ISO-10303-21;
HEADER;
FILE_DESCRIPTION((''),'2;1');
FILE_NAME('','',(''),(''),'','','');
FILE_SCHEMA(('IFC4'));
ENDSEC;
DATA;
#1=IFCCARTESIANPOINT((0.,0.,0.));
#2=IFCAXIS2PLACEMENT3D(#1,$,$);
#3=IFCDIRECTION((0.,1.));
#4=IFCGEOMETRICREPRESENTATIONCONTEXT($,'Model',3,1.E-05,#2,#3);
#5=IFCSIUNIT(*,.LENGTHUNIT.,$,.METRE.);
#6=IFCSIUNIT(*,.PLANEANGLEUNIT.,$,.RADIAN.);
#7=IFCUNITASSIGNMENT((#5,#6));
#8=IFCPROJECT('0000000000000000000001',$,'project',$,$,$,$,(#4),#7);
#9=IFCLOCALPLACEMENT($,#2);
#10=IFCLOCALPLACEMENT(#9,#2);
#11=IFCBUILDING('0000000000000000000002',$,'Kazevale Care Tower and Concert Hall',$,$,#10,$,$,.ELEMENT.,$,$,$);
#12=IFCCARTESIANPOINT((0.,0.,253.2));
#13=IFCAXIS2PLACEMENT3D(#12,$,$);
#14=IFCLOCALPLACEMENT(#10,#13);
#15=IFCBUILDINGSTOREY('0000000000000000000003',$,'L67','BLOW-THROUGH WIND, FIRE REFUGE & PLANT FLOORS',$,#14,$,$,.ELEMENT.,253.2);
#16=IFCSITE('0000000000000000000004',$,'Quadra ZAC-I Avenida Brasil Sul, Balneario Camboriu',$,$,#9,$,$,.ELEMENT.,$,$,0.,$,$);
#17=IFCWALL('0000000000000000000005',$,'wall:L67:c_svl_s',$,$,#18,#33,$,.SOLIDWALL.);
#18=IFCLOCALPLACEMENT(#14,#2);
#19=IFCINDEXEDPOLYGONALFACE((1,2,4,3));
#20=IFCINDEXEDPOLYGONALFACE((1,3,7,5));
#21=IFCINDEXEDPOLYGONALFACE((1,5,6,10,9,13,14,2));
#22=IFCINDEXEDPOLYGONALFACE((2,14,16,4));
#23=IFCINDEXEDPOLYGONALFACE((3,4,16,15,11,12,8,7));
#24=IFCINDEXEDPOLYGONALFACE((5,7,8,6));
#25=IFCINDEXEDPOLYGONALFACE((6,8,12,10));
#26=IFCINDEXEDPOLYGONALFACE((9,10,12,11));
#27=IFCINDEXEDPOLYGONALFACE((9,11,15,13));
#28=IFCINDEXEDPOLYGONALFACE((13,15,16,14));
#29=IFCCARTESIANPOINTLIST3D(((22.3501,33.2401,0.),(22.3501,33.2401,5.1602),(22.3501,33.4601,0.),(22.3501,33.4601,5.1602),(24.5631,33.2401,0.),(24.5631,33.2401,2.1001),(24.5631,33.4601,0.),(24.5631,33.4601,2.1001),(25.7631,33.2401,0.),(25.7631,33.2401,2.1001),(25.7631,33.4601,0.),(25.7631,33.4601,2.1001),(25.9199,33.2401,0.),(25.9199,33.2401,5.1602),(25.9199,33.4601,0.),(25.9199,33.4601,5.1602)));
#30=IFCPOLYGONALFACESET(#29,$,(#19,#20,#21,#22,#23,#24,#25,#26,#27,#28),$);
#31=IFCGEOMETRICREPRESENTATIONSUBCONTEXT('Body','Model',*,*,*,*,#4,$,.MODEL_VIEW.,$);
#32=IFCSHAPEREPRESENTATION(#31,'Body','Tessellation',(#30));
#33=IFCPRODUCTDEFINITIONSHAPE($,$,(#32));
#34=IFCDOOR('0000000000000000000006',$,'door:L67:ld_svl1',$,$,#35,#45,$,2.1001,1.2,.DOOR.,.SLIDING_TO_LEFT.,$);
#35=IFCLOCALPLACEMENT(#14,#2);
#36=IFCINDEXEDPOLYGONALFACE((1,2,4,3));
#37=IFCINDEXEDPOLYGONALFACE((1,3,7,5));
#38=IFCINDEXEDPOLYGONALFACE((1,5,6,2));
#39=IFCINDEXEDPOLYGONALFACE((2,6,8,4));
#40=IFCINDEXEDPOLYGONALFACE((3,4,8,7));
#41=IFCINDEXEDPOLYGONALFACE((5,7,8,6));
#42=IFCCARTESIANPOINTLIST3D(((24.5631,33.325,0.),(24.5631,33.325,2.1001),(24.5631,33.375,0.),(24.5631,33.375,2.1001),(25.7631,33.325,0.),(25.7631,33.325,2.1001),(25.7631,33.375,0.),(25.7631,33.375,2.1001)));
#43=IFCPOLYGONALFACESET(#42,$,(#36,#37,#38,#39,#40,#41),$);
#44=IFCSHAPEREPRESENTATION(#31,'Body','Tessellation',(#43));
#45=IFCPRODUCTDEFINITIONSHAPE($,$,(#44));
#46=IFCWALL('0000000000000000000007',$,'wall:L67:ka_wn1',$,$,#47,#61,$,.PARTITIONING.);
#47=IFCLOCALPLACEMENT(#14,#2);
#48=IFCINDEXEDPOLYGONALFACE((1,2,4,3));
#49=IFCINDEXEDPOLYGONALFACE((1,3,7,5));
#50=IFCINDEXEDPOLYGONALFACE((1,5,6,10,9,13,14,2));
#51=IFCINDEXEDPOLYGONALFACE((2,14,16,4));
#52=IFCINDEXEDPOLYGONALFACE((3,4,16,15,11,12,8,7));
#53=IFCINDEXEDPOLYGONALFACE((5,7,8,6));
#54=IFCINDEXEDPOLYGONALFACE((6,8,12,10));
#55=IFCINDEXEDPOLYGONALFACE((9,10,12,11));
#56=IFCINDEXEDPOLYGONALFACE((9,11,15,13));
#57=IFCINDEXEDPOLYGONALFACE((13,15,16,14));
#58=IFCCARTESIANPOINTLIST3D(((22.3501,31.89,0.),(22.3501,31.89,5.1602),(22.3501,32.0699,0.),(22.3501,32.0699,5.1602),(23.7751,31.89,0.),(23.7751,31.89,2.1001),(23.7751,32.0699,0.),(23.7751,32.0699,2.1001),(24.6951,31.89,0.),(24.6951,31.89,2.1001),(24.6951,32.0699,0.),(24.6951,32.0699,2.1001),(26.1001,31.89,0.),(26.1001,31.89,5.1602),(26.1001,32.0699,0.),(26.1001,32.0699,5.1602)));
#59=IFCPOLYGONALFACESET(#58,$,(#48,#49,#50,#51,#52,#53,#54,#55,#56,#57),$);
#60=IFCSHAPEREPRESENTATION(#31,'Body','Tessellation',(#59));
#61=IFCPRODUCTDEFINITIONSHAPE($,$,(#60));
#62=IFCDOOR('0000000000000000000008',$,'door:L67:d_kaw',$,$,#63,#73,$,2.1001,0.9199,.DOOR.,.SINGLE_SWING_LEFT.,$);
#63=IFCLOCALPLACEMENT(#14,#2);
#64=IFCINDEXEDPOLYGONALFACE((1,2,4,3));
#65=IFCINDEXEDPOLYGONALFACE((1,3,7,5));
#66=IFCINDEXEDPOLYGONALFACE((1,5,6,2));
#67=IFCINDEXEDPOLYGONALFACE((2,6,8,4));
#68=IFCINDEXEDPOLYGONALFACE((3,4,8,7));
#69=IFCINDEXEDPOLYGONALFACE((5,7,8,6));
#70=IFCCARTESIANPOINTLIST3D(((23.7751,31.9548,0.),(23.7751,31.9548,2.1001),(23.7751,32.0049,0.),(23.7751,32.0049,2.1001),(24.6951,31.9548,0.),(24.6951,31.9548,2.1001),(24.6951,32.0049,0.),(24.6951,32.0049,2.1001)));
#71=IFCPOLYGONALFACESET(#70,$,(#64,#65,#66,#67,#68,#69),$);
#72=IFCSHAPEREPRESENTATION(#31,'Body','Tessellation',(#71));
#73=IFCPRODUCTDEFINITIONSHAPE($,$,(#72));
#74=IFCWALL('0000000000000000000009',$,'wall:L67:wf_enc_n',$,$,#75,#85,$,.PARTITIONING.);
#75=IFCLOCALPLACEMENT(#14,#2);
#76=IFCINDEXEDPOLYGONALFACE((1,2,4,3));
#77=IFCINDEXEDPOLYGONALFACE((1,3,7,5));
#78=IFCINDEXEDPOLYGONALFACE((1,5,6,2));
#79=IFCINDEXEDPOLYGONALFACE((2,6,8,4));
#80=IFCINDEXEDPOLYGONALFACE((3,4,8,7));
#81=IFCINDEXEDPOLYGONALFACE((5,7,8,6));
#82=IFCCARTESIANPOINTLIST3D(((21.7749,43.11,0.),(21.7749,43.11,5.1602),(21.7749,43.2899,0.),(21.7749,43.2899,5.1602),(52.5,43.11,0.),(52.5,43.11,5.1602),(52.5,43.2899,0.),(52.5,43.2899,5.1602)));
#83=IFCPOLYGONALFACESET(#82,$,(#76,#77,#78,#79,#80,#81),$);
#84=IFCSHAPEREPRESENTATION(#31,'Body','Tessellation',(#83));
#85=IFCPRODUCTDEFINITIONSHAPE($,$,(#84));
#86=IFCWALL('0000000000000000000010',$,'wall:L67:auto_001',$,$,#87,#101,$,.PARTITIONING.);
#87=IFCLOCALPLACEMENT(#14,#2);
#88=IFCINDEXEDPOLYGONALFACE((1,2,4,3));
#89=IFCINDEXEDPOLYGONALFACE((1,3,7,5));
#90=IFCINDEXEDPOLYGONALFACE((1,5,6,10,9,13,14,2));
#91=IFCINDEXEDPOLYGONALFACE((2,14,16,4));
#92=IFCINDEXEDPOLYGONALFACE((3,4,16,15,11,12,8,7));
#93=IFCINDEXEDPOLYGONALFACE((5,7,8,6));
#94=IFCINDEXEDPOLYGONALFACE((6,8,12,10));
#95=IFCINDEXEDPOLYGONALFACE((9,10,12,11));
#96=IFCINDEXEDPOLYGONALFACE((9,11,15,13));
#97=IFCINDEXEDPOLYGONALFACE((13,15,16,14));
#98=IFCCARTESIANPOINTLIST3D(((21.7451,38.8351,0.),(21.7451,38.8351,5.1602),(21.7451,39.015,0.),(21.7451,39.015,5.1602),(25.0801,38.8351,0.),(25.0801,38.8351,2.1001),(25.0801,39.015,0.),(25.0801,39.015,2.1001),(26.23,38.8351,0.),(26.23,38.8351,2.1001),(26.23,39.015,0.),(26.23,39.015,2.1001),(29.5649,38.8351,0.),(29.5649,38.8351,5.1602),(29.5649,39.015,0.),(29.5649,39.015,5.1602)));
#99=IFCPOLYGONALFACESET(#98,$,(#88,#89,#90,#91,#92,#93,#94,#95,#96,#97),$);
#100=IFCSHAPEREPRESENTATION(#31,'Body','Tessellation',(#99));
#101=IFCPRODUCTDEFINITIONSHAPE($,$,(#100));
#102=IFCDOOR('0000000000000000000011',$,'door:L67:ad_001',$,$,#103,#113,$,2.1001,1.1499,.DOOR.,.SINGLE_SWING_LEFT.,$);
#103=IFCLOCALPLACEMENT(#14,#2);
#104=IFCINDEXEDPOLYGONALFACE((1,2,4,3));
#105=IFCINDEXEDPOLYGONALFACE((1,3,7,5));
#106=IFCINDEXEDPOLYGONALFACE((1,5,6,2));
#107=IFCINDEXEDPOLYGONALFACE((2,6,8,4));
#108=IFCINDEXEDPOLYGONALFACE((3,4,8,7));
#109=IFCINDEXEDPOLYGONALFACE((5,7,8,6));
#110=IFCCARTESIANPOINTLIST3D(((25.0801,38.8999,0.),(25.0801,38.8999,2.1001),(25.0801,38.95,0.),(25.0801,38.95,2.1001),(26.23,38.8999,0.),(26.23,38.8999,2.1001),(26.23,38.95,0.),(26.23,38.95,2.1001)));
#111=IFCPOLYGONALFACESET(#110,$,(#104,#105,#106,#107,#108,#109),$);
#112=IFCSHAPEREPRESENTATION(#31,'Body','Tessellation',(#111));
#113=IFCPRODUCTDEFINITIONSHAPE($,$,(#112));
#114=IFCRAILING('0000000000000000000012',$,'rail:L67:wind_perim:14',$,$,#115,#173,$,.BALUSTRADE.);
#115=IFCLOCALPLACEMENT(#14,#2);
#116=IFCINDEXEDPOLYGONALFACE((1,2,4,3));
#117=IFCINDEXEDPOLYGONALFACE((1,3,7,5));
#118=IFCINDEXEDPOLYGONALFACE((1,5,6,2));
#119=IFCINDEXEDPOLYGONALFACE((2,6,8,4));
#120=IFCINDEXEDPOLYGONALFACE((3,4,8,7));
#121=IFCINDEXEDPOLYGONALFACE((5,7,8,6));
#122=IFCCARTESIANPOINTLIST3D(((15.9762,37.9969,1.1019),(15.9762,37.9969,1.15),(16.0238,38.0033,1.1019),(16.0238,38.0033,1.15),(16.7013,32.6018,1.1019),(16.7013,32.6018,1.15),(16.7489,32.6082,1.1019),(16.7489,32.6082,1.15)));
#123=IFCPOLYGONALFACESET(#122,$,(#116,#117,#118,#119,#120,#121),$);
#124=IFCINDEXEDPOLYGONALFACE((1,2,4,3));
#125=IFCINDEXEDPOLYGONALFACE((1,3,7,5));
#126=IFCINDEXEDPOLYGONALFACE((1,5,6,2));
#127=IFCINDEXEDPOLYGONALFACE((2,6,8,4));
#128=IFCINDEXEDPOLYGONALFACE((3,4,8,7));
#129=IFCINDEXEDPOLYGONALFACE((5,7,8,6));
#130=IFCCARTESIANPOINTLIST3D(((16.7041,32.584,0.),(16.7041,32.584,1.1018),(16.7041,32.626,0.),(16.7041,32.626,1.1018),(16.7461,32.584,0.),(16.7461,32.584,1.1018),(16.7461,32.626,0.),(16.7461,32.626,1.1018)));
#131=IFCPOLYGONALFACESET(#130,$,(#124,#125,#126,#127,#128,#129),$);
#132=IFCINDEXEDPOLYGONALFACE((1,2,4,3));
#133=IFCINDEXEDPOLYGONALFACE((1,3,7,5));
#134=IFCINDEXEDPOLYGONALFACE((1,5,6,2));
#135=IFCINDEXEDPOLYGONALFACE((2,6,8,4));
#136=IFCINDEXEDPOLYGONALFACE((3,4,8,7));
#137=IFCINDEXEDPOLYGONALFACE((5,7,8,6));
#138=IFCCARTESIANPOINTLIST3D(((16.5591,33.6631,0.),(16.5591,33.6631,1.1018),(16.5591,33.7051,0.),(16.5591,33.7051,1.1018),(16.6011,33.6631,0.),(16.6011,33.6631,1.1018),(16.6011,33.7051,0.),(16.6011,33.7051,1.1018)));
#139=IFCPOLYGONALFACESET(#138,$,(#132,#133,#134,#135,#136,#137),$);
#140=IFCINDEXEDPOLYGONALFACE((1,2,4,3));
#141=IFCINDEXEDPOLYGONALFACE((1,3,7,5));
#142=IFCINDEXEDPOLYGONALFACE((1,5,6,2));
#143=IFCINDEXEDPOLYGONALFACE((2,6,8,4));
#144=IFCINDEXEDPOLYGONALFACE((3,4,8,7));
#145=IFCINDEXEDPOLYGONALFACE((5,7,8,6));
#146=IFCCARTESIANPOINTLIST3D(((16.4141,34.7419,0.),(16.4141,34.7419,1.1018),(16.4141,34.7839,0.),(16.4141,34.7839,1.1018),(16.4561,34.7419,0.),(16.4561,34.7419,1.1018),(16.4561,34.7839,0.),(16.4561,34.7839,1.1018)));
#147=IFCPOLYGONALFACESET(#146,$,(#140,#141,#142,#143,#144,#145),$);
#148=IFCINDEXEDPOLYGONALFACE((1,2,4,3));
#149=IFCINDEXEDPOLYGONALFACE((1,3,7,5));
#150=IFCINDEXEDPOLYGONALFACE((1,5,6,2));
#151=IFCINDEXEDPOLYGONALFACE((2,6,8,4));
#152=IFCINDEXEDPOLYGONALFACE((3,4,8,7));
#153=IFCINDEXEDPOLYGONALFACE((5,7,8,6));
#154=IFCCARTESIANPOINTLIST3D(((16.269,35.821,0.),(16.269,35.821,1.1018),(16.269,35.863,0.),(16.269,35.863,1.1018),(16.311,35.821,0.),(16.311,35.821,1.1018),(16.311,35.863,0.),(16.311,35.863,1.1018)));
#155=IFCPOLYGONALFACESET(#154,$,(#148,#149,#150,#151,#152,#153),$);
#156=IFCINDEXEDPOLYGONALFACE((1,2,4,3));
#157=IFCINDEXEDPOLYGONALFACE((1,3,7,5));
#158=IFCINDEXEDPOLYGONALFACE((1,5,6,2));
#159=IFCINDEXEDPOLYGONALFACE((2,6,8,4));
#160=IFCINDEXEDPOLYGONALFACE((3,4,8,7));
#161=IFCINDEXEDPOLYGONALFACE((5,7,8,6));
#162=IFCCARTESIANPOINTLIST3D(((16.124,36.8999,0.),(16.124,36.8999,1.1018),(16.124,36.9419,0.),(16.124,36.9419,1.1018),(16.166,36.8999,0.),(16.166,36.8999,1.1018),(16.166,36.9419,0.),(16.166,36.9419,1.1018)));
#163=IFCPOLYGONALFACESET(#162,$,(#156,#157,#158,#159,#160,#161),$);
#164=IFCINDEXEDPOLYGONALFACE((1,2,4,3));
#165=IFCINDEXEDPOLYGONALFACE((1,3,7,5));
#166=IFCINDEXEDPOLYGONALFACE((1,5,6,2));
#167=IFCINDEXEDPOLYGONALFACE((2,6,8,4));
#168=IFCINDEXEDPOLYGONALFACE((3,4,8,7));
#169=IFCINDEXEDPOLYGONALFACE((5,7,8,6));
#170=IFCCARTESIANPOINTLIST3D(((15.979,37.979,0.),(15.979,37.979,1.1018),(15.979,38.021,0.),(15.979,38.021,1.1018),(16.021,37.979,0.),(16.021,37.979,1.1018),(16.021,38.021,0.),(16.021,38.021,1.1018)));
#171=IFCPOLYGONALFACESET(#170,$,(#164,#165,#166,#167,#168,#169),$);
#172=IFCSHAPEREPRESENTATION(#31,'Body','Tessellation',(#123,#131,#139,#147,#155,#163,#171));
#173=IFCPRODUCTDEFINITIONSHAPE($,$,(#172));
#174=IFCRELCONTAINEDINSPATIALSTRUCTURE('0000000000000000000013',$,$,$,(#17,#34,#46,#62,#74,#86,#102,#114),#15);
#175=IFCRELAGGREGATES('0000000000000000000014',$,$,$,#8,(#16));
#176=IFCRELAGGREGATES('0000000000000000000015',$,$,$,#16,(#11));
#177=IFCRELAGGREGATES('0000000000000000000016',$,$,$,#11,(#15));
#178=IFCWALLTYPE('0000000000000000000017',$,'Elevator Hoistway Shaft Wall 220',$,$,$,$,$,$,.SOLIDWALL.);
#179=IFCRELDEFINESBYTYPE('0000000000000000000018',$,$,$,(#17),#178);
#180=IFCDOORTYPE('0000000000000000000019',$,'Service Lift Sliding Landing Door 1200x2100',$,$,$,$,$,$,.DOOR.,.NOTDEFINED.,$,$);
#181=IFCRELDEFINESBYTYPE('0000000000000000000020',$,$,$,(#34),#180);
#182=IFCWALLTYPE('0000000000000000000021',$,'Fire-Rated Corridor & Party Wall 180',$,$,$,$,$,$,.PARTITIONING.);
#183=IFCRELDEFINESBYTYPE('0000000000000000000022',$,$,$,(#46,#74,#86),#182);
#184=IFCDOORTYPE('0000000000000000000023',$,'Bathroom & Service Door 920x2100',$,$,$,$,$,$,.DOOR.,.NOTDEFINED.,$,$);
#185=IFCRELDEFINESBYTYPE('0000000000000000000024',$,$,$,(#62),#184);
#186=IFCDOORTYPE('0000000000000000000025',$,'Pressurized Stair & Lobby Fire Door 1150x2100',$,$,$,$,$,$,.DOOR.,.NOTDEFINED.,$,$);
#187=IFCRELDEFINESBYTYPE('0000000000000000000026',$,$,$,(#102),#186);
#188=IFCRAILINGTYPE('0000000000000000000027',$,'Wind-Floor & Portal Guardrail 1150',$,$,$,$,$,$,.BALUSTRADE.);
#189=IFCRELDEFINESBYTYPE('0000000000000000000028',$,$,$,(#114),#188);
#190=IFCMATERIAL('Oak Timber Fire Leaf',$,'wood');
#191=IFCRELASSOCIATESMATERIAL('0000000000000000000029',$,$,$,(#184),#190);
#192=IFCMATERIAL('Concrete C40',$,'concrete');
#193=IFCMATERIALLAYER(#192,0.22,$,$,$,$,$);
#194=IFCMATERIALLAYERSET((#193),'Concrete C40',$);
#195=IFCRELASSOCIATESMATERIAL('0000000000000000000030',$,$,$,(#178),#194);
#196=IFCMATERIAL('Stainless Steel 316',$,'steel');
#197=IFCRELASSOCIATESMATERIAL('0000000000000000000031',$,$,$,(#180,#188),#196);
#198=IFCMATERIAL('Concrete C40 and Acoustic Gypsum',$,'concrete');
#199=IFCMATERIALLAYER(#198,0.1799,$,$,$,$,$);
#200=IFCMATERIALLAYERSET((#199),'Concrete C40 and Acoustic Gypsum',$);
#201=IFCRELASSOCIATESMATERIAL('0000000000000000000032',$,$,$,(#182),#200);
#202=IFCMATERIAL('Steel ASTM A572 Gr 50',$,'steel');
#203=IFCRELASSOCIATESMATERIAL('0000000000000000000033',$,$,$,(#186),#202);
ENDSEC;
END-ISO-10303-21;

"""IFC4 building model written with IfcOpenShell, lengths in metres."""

from ifc_helpers import new_model, si_unit, direction, frame, frame_2d, origin, origin_2d, place, context, subcontext, project, spatial, rectangle, extrude, material, layer, layer_set, type_object, element, fill, save


model = new_model("IFC4")

# Units and contexts
model_context = context("Model", 3, precision=1e-05, world=origin(), true_north=direction((0.0, 1.0)))
body_context = subcontext(model_context, "Body", "Model", "MODEL_VIEW")
ifc_project = project(units=[si_unit("LENGTHUNIT", "METRE"), si_unit("PLANEANGLEUNIT", "RADIAN")], contexts=[model_context])

# Site, building, storey
site_placement = place(None, origin())
site = spatial("IfcSite", under=ifc_project, at=site_placement, Name="Quadra ZAC-I Avenida Brasil Sul, Balneario Camboriu", CompositionType="ELEMENT", RefElevation=0.0)
building_placement = place(site_placement, origin())
building = spatial("IfcBuilding", under=site, at=building_placement, Name="Kazevale Care Tower and Concert Hall", CompositionType="ELEMENT")
storey_placement = place(building_placement, frame((0.0, 0.0, 253.2)))
storey = spatial("IfcBuildingStorey", under=building, at=storey_placement, Name="L67", Description="BLOW-THROUGH WIND, FIRE REFUGE & PLANT FLOORS", CompositionType="ELEMENT", Elevation=253.2)

# Shared definitions
ifc_material_1 = material(Name="Steel ASTM A572 Gr 50", Category="steel")

# Shared definitions
ifc_material_2 = material(Name="Oak Timber Fire Leaf", Category="wood")
door_type_1 = type_object("IfcDoorType", Name="Bathroom & Service Door 920x2100", OperationType="NOTDEFINED", PredefinedType="DOOR", material=ifc_material_2)

# Shared definitions
ifc_material_3 = material(Name="Concrete C40", Category="concrete")
ifc_layer_1 = layer(ifc_material_3, 0.22)
ifc_layer_set_1 = layer_set([ifc_layer_1], Name="Concrete C40")
wall_type_1 = type_object("IfcWallType", Name="Elevator Hoistway Shaft Wall 220", PredefinedType="SOLIDWALL", material=ifc_layer_set_1)

# Walls, openings, doors
wall_1_placement = place(storey_placement, frame((22.3501, 33.3501, 0.0), z_axis=(0.0, 0.0, 1.0), x_axis=(1.0, 0.0, 0.0)))
wall_1 = element("IfcWall", 1, at=wall_1_placement, inside=storey, type_object=wall_type_1, Name="wall:L67:c_svl_s", PredefinedType="SOLIDWALL", context=body_context, shape_type="SweptSolid", body=[
    extrude(rectangle(XDim=3.5698, YDim=0.22, at=frame_2d((1.7849, 0.0))), origin(), (0.0, 0.0, 1.0), 5.1602),
])
opening_1_placement = place(wall_1_placement, frame((2.2129, 0.0, 0.0)))
opening_1 = element("IfcOpeningElement", 2, at=opening_1_placement, cuts=wall_1, PredefinedType="OPENING", context=body_context, shape_type="SweptSolid", body=[
    extrude(rectangle(XDim=1.2, YDim=2.1001, at=frame_2d((0.6001, 1.05))), frame((0.0, 0.1199, 0.0), z_axis=(0.0, -1.0, 0.0), x_axis=(1.0, 0.0, 0.0)), (0.0, 0.0, 1.0), 0.24),
])
ifc_material_4 = material(Name="Stainless Steel 316", Category="steel")
door_type_2 = type_object("IfcDoorType", Name="Service Lift Sliding Landing Door 1200x2100", OperationType="NOTDEFINED", PredefinedType="DOOR", material=ifc_material_4)
door_1_placement = place(opening_1_placement, origin())
door_1 = element("IfcDoor", 3, at=door_1_placement, inside=storey, type_object=door_type_2, Name="door:L67:ld_svl1", OperationType="SLIDING_TO_LEFT", OverallHeight=2.1001, OverallWidth=1.2, PredefinedType="DOOR", context=body_context, shape_type="SweptSolid", body=[
    extrude(rectangle(XDim=1.2, YDim=2.1001, at=frame_2d((0.6001, 1.05))), frame((0.0, 0.0249, 0.0), z_axis=(0.0, -1.0, 0.0), x_axis=(1.0, 0.0, 0.0)), (0.0, 0.0, 1.0), 0.05),
])
fill(opening_1, door_1)
ifc_material_5 = material(Name="Concrete C40 and Acoustic Gypsum", Category="concrete")
ifc_layer_2 = layer(ifc_material_5, 0.1799)
ifc_layer_set_2 = layer_set([ifc_layer_2], Name="Concrete C40 and Acoustic Gypsum")
wall_type_2 = type_object("IfcWallType", Name="Fire-Rated Corridor & Party Wall 180", PredefinedType="PARTITIONING", material=ifc_layer_set_2)
wall_2_placement = place(storey_placement, frame((22.3501, 31.98, 0.0), z_axis=(0.0, 0.0, 1.0), x_axis=(1.0, 0.0, 0.0)))
wall_2 = element("IfcWall", 4, at=wall_2_placement, inside=storey, type_object=wall_type_2, Name="wall:L67:ka_wn1", PredefinedType="PARTITIONING", context=body_context, shape_type="SweptSolid", body=[
    extrude(rectangle(XDim=3.75, YDim=0.1799, at=frame_2d((1.875, 0.0))), origin(), (0.0, 0.0, 1.0), 5.1602),
])
opening_2_placement = place(wall_2_placement, frame((1.425, 0.0, 0.0)))
opening_2 = element("IfcOpeningElement", 5, at=opening_2_placement, cuts=wall_2, PredefinedType="OPENING", context=body_context, shape_type="SweptSolid", body=[
    extrude(rectangle(XDim=0.9199, YDim=2.1001, at=frame_2d((0.46, 1.05))), frame((0.0, 0.0999, 0.0), z_axis=(0.0, -1.0, 0.0), x_axis=(1.0, 0.0, 0.0)), (0.0, 0.0, 1.0), 0.2),
])
door_2_placement = place(opening_2_placement, origin())
door_2 = element("IfcDoor", 6, at=door_2_placement, inside=storey, type_object=door_type_1, Name="door:L67:d_kaw", OperationType="SINGLE_SWING_LEFT", OverallHeight=2.1001, OverallWidth=0.9199, PredefinedType="DOOR", context=body_context, shape_type="SweptSolid", body=[
    extrude(rectangle(XDim=0.9199, YDim=2.1001, at=frame_2d((0.46, 1.05))), frame((0.0, 0.0249, 0.0), z_axis=(0.0, -1.0, 0.0), x_axis=(1.0, 0.0, 0.0)), (0.0, 0.0, 1.0), 0.05),
])
fill(opening_2, door_2)

# Wall
wall_3_placement = place(storey_placement, frame((21.7749, 43.2, 0.0), z_axis=(0.0, 0.0, 1.0), x_axis=(1.0, 0.0, 0.0)))
element("IfcWall", 7, at=wall_3_placement, inside=storey, type_object=wall_type_2, Name="wall:L67:wf_enc_n", PredefinedType="PARTITIONING", context=body_context, shape_type="SweptSolid", body=[
    extrude(rectangle(XDim=30.7251, YDim=0.1799, at=frame_2d((15.3625, 0.0))), origin(), (0.0, 0.0, 1.0), 5.1602),
])

# Wall, opening, door
wall_4_placement = place(storey_placement, frame((21.7451, 38.925, 0.0), z_axis=(0.0, 0.0, 1.0), x_axis=(1.0, 0.0, 0.0)))
wall_4 = element("IfcWall", 8, at=wall_4_placement, inside=storey, type_object=wall_type_2, Name="wall:L67:auto_001", PredefinedType="PARTITIONING", context=body_context, shape_type="SweptSolid", body=[
    extrude(rectangle(XDim=7.8198, YDim=0.1799, at=frame_2d((3.9099, 0.0))), origin(), (0.0, 0.0, 1.0), 5.1602),
])
opening_3_placement = place(wall_4_placement, frame((3.335, 0.0, 0.0)))
opening_3 = element("IfcOpeningElement", 9, at=opening_3_placement, cuts=wall_4, PredefinedType="OPENING", context=body_context, shape_type="SweptSolid", body=[
    extrude(rectangle(XDim=1.1499, YDim=2.1001, at=frame_2d((0.575, 1.05))), frame((0.0, 0.0999, 0.0), z_axis=(0.0, -1.0, 0.0), x_axis=(1.0, 0.0, 0.0)), (0.0, 0.0, 1.0), 0.2),
])
door_type_3 = type_object("IfcDoorType", Name="Pressurized Stair & Lobby Fire Door 1150x2100", OperationType="NOTDEFINED", PredefinedType="DOOR", material=ifc_material_1)
door_3_placement = place(opening_3_placement, origin())
door_3 = element("IfcDoor", 10, at=door_3_placement, inside=storey, type_object=door_type_3, Name="door:L67:ad_001", OperationType="SINGLE_SWING_LEFT", OverallHeight=2.1001, OverallWidth=1.1499, PredefinedType="DOOR", context=body_context, shape_type="SweptSolid", body=[
    extrude(rectangle(XDim=1.1499, YDim=2.1001, at=frame_2d((0.575, 1.05))), frame((0.0, 0.0249, 0.0), z_axis=(0.0, -1.0, 0.0), x_axis=(1.0, 0.0, 0.0)), (0.0, 0.0, 1.0), 0.05),
])
fill(opening_3, door_3)

# Railing
railing_type = type_object("IfcRailingType", Name="Wind-Floor & Portal Guardrail 1150", PredefinedType="BALUSTRADE", material=ifc_material_4)
railing_1_placement = place(storey_placement, frame((16.7251, 32.605, 0.0)))
element("IfcRailing", 11, at=railing_1_placement, inside=storey, type_object=railing_type, Name="rail:L67:wind_perim:14", PredefinedType="BALUSTRADE", context=body_context, shape_type="SweptSolid", body=[
    extrude(rectangle(XDim=0.0481, YDim=0.0481, at=origin_2d()), frame((0.0, 0.0, 1.126), z_axis=(-0.133204, 0.991089, 0.0), x_axis=(-0.991089, -0.133204, 0.0)), (0.0, 0.0, 1.0), 5.4436),
    extrude(rectangle(XDim=0.042, YDim=0.042, at=origin_2d()), origin(), (0.0, 0.0, 1.0), 1.1018),
    extrude(rectangle(XDim=0.042, YDim=0.042, at=origin_2d()), frame((-0.145, 1.0791, 0.0)), (0.0, 0.0, 1.0), 1.1018),
    extrude(rectangle(XDim=0.042, YDim=0.042, at=origin_2d()), frame((-0.29, 2.158, 0.0)), (0.0, 0.0, 1.0), 1.1018),
    extrude(rectangle(XDim=0.042, YDim=0.042, at=origin_2d()), frame((-0.4351, 3.2371, 0.0)), (0.0, 0.0, 1.0), 1.1018),
    extrude(rectangle(XDim=0.042, YDim=0.042, at=origin_2d()), frame((-0.5801, 4.3159, 0.0)), (0.0, 0.0, 1.0), 1.1018),
    extrude(rectangle(XDim=0.042, YDim=0.042, at=origin_2d()), frame((-0.7251, 5.395, 0.0)), (0.0, 0.0, 1.0), 1.1018),
])

save(model, "model.ifc")
